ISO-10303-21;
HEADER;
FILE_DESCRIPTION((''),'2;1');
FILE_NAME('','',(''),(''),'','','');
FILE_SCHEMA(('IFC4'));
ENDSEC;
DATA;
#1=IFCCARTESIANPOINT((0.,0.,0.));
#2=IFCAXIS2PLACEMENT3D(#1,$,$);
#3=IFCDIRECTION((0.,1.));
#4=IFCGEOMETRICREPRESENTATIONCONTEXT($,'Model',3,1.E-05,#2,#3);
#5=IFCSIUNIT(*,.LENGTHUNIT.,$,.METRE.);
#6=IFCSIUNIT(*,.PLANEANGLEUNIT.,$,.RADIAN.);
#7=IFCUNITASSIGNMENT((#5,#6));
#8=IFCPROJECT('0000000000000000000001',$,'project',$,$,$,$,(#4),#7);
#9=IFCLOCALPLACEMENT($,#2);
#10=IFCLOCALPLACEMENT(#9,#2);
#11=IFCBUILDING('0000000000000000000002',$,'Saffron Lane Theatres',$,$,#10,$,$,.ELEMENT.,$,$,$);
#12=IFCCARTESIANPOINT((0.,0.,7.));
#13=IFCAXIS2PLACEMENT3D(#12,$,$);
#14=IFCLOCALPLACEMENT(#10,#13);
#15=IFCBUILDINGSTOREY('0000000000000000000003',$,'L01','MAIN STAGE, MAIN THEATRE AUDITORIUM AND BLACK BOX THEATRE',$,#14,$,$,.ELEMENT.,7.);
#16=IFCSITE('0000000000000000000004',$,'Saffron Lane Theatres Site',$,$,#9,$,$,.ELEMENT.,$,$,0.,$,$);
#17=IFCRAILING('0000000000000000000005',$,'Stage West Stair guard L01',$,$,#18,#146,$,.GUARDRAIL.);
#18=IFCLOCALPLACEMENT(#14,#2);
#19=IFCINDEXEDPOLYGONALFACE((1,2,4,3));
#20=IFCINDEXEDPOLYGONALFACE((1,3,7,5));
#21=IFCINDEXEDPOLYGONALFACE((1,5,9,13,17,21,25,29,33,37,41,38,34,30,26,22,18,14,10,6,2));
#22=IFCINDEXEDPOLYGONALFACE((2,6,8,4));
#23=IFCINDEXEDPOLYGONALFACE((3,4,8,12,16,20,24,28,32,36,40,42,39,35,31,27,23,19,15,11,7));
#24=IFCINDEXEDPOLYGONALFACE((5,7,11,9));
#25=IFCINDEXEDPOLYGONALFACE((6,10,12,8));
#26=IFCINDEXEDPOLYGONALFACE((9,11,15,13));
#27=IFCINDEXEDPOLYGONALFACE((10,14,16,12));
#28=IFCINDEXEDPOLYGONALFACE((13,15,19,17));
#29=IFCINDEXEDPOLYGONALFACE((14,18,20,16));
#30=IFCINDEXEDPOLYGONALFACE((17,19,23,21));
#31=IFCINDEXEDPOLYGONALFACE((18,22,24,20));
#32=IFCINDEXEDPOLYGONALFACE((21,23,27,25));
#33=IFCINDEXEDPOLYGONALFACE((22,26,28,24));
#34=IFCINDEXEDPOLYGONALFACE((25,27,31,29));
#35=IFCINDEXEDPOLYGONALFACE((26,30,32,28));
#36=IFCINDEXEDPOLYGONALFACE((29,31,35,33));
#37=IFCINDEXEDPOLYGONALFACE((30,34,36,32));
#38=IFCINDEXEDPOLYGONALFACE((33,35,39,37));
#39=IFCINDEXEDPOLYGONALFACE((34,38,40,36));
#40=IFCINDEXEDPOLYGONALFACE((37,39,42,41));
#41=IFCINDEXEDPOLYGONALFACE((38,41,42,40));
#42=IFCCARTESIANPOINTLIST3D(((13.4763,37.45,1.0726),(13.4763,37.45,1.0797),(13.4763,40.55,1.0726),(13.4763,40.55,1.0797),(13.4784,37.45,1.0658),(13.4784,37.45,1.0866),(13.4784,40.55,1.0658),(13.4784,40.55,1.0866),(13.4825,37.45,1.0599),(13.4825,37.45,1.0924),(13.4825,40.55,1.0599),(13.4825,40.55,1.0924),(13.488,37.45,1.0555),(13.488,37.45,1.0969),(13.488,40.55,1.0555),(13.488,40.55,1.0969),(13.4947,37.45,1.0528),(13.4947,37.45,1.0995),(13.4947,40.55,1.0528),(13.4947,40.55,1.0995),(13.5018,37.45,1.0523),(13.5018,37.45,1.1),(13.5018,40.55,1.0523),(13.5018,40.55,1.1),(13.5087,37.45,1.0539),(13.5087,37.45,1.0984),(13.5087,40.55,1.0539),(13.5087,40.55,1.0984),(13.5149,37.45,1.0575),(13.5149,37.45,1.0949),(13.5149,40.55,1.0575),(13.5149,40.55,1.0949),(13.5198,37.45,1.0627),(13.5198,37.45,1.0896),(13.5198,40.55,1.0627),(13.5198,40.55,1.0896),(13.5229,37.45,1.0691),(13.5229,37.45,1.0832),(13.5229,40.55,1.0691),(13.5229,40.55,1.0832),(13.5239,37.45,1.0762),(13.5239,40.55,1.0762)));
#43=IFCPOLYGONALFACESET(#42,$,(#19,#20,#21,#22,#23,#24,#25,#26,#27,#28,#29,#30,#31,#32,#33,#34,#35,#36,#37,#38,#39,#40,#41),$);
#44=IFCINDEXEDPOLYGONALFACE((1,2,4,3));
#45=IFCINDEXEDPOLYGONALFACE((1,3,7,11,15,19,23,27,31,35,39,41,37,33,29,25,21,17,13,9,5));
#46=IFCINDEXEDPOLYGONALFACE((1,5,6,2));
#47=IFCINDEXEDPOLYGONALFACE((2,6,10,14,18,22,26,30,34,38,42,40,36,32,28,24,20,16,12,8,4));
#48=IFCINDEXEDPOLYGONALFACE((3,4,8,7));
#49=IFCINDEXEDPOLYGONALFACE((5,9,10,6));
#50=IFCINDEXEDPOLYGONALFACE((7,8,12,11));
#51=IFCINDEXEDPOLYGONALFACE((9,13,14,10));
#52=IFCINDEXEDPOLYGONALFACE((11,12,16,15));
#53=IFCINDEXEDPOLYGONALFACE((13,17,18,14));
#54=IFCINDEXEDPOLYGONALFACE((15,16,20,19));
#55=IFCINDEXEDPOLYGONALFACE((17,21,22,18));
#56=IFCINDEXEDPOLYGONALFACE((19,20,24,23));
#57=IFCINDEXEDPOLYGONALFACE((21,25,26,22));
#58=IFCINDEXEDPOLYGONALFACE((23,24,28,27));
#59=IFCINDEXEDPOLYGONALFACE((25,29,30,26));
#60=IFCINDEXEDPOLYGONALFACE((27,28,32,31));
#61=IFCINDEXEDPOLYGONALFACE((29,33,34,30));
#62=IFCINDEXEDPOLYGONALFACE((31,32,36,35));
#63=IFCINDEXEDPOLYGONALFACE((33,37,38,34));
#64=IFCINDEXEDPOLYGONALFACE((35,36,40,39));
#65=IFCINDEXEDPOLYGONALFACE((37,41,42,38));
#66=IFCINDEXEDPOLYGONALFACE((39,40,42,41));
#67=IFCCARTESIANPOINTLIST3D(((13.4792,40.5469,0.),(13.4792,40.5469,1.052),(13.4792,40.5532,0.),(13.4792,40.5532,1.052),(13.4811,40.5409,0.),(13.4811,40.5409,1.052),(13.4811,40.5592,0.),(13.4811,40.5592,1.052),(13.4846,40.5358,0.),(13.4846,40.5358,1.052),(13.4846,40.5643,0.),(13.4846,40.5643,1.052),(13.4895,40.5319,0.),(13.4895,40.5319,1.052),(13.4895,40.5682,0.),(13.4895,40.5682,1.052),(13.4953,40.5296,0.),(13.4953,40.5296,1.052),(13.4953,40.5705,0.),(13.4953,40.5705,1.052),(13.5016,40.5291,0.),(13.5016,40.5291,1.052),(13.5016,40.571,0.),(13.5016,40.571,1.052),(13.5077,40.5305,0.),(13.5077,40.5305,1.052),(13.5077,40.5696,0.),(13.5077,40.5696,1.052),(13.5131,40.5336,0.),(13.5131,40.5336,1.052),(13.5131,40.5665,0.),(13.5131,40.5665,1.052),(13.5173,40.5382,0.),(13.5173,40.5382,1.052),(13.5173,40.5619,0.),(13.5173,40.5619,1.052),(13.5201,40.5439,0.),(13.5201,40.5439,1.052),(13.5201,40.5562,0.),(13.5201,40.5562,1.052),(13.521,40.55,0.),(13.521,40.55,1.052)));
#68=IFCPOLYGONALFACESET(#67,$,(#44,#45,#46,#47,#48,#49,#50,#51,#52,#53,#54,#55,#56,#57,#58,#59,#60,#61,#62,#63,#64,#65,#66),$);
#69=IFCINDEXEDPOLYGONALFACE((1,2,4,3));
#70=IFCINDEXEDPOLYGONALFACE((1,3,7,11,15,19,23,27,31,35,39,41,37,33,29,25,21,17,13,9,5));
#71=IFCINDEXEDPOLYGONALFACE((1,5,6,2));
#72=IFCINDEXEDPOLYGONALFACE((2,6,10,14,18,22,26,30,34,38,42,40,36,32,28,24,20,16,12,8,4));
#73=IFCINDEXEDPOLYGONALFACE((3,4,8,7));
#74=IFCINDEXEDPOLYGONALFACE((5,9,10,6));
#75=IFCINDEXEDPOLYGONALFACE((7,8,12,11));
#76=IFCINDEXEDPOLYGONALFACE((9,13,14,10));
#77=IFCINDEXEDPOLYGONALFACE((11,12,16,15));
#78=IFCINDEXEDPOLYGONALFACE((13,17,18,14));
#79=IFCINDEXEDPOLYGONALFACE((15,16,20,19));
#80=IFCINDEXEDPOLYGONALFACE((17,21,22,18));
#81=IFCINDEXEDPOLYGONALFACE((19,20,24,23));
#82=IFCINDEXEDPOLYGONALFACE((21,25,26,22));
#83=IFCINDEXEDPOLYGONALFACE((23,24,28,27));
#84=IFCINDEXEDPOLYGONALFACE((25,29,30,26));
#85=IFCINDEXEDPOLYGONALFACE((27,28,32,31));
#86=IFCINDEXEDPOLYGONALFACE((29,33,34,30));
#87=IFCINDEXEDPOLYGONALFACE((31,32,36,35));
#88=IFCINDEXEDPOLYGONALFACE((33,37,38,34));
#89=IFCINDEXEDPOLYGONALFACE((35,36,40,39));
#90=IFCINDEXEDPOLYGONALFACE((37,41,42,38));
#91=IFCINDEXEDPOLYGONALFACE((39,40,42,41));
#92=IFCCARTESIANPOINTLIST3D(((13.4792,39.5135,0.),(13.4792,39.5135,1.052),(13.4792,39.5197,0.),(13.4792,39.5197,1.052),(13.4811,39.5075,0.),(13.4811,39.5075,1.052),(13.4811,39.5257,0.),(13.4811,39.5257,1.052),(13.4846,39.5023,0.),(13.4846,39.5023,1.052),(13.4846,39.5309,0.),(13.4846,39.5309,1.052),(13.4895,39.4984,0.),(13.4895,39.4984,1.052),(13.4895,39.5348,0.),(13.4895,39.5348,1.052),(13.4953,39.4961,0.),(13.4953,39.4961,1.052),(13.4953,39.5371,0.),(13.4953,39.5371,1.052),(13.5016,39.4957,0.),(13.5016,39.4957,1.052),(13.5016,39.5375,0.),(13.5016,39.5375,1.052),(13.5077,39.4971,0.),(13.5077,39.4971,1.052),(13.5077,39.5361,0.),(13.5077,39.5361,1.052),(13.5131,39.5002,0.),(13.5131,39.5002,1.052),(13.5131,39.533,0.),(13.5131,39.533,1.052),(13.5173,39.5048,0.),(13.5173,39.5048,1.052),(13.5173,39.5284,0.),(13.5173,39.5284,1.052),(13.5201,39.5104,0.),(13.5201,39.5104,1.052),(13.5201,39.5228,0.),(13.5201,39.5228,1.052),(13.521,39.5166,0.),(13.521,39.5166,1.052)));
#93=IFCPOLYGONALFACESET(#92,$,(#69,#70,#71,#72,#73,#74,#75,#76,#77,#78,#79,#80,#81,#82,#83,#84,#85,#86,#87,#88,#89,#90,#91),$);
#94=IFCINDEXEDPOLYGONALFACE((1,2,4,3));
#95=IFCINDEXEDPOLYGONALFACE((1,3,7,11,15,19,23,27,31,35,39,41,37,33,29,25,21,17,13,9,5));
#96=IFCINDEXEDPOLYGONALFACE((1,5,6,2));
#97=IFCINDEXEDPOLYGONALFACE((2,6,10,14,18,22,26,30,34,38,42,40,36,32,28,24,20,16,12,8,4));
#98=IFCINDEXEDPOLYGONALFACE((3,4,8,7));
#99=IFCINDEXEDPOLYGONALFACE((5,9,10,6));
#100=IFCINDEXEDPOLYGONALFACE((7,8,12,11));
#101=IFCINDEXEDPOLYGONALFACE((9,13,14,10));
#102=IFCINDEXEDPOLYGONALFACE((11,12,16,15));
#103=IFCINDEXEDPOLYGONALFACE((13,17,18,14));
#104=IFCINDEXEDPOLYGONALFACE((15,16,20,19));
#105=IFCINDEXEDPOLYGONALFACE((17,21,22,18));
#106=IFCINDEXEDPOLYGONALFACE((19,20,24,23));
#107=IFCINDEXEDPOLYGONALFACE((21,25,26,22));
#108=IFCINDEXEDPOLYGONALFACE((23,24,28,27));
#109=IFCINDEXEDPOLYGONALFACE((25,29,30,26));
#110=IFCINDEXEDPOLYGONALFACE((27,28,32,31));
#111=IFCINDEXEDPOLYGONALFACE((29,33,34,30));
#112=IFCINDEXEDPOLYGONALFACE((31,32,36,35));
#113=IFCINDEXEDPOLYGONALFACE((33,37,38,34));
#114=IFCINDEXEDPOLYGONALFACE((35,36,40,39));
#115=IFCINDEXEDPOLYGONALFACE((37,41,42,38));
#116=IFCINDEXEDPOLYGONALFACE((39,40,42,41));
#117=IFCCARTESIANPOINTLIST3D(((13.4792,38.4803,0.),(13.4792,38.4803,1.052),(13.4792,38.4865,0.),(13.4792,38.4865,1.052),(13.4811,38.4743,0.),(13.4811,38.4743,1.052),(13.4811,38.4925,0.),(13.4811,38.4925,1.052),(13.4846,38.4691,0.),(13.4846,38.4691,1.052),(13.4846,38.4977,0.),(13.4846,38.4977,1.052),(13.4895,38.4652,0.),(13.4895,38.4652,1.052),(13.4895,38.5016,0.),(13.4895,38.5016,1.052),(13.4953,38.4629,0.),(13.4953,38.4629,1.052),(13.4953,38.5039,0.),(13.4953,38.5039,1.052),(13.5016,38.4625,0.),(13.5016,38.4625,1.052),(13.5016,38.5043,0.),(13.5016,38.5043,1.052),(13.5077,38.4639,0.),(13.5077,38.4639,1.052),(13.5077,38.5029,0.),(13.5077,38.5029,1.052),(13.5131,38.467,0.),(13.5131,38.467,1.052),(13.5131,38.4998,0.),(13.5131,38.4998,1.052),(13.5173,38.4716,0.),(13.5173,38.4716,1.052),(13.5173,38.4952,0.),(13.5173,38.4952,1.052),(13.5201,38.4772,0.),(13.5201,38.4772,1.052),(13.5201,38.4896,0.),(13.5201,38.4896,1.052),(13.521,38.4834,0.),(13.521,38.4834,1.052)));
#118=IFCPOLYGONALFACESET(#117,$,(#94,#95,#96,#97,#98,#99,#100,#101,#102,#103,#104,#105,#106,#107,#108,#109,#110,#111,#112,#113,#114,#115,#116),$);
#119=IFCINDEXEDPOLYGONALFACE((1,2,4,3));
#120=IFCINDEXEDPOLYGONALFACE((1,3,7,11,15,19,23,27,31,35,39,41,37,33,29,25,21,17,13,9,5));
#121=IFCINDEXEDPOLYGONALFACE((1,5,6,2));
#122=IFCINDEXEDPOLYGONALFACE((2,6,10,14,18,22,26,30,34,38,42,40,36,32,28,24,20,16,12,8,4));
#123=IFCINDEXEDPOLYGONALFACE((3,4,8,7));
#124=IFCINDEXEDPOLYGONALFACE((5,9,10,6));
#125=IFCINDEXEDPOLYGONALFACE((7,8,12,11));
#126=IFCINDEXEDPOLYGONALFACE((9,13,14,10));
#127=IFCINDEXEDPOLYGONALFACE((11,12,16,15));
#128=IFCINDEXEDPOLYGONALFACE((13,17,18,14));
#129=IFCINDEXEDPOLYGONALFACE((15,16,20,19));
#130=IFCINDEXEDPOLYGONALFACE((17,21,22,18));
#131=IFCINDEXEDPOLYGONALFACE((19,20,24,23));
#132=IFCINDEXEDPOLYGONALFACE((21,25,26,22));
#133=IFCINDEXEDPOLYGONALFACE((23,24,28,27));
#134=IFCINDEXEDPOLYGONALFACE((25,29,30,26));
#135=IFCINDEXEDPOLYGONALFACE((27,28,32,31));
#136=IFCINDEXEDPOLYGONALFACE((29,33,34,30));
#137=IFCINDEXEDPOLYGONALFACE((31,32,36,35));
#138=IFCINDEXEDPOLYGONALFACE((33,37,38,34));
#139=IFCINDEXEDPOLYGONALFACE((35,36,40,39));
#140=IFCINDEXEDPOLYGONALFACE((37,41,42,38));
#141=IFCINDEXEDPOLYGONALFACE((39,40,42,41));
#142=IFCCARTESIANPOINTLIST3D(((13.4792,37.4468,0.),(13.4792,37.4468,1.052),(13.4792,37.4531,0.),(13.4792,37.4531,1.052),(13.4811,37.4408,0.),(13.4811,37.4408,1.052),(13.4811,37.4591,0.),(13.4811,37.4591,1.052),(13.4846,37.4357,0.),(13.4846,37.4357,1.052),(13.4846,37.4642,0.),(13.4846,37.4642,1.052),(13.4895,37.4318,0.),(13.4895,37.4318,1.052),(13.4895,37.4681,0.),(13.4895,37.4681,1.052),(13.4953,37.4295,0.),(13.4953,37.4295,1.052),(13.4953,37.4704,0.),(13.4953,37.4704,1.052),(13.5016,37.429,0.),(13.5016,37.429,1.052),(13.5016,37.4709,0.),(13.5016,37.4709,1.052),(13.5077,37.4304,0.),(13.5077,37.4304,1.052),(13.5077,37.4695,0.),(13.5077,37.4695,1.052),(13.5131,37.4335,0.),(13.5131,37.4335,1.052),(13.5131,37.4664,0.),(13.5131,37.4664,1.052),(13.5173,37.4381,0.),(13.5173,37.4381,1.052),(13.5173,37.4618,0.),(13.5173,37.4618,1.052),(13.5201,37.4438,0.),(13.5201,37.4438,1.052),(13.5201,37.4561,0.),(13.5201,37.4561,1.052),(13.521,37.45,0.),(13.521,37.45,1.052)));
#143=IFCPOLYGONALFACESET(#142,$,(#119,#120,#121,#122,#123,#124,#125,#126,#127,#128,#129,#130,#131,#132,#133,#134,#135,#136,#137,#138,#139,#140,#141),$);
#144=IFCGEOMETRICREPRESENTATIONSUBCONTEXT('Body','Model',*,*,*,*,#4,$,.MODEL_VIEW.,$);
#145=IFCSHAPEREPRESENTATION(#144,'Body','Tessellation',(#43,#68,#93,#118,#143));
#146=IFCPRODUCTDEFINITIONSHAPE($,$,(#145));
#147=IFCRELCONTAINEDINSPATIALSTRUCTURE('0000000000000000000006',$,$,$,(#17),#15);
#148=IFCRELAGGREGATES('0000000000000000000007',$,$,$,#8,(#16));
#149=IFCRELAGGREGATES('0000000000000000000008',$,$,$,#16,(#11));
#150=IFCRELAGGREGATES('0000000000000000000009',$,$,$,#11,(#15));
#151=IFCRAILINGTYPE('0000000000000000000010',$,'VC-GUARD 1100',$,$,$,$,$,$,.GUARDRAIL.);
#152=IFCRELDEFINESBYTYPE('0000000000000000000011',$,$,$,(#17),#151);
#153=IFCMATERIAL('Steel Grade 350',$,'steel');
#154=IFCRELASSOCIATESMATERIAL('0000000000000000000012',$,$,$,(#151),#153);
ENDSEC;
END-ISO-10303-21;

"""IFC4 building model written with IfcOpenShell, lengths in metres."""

from ifc_helpers import new_model, si_unit, direction, frame, origin, origin_2d, place, context, subcontext, project, spatial, circle, extrude, material, type_object, element, save


model = new_model("IFC4")

# Units and contexts
model_context = context("Model", 3, precision=1e-05, world=origin(), true_north=direction((0.0, 1.0)))
body_context = subcontext(model_context, "Body", "Model", "MODEL_VIEW")
ifc_project = project(units=[si_unit("LENGTHUNIT", "METRE"), si_unit("PLANEANGLEUNIT", "RADIAN")], contexts=[model_context])

# Site, building, storey
site_placement = place(None, origin())
site = spatial("IfcSite", under=ifc_project, at=site_placement, Name="Saffron Lane Theatres Site", CompositionType="ELEMENT", RefElevation=0.0)
building_placement = place(site_placement, origin())
building = spatial("IfcBuilding", under=site, at=building_placement, Name="Saffron Lane Theatres", CompositionType="ELEMENT")
storey_placement = place(building_placement, frame((0.0, 0.0, 7.0)))
storey = spatial("IfcBuildingStorey", under=building, at=storey_placement, Name="L01", Description="MAIN STAGE, MAIN THEATRE AUDITORIUM AND BLACK BOX THEATRE", CompositionType="ELEMENT", Elevation=7.0)

# Railing
ifc_material_1 = material(Name="Steel Grade 350", Category="steel")
railing_type_1 = type_object("IfcRailingType", Name="VC-GUARD 1100", PredefinedType="GUARDRAIL", material=ifc_material_1)
railing_1_placement = place(storey_placement, frame((13.5, 40.55, 0.0)))
element("IfcRailing", 1, at=railing_1_placement, inside=storey, type_object=railing_type_1, Name="Stage West Stair guard L01", PredefinedType="GUARDRAIL", context=body_context, shape_type="SweptSolid", body=[
    extrude(circle(Radius=0.0239, at=origin_2d()), frame((0.0, 0.0, 1.0762), z_axis=(0.0, -1.0, 0.0), x_axis=(1.0, 0.0, 0.0)), (0.0, 0.0, 1.0), 3.1001),
    extrude(circle(Radius=0.021, at=origin_2d()), origin(), (0.0, 0.0, 1.0), 1.052),
    extrude(circle(Radius=0.021, at=origin_2d()), frame((0.0, -1.0334, 0.0)), (0.0, 0.0, 1.0), 1.052),
    extrude(circle(Radius=0.021, at=origin_2d()), frame((0.0, -2.0667, 0.0)), (0.0, 0.0, 1.0), 1.052),
    extrude(circle(Radius=0.021, at=origin_2d()), frame((0.0, -3.1001, 0.0)), (0.0, 0.0, 1.0), 1.052),
])

save(model, "model.ifc")
